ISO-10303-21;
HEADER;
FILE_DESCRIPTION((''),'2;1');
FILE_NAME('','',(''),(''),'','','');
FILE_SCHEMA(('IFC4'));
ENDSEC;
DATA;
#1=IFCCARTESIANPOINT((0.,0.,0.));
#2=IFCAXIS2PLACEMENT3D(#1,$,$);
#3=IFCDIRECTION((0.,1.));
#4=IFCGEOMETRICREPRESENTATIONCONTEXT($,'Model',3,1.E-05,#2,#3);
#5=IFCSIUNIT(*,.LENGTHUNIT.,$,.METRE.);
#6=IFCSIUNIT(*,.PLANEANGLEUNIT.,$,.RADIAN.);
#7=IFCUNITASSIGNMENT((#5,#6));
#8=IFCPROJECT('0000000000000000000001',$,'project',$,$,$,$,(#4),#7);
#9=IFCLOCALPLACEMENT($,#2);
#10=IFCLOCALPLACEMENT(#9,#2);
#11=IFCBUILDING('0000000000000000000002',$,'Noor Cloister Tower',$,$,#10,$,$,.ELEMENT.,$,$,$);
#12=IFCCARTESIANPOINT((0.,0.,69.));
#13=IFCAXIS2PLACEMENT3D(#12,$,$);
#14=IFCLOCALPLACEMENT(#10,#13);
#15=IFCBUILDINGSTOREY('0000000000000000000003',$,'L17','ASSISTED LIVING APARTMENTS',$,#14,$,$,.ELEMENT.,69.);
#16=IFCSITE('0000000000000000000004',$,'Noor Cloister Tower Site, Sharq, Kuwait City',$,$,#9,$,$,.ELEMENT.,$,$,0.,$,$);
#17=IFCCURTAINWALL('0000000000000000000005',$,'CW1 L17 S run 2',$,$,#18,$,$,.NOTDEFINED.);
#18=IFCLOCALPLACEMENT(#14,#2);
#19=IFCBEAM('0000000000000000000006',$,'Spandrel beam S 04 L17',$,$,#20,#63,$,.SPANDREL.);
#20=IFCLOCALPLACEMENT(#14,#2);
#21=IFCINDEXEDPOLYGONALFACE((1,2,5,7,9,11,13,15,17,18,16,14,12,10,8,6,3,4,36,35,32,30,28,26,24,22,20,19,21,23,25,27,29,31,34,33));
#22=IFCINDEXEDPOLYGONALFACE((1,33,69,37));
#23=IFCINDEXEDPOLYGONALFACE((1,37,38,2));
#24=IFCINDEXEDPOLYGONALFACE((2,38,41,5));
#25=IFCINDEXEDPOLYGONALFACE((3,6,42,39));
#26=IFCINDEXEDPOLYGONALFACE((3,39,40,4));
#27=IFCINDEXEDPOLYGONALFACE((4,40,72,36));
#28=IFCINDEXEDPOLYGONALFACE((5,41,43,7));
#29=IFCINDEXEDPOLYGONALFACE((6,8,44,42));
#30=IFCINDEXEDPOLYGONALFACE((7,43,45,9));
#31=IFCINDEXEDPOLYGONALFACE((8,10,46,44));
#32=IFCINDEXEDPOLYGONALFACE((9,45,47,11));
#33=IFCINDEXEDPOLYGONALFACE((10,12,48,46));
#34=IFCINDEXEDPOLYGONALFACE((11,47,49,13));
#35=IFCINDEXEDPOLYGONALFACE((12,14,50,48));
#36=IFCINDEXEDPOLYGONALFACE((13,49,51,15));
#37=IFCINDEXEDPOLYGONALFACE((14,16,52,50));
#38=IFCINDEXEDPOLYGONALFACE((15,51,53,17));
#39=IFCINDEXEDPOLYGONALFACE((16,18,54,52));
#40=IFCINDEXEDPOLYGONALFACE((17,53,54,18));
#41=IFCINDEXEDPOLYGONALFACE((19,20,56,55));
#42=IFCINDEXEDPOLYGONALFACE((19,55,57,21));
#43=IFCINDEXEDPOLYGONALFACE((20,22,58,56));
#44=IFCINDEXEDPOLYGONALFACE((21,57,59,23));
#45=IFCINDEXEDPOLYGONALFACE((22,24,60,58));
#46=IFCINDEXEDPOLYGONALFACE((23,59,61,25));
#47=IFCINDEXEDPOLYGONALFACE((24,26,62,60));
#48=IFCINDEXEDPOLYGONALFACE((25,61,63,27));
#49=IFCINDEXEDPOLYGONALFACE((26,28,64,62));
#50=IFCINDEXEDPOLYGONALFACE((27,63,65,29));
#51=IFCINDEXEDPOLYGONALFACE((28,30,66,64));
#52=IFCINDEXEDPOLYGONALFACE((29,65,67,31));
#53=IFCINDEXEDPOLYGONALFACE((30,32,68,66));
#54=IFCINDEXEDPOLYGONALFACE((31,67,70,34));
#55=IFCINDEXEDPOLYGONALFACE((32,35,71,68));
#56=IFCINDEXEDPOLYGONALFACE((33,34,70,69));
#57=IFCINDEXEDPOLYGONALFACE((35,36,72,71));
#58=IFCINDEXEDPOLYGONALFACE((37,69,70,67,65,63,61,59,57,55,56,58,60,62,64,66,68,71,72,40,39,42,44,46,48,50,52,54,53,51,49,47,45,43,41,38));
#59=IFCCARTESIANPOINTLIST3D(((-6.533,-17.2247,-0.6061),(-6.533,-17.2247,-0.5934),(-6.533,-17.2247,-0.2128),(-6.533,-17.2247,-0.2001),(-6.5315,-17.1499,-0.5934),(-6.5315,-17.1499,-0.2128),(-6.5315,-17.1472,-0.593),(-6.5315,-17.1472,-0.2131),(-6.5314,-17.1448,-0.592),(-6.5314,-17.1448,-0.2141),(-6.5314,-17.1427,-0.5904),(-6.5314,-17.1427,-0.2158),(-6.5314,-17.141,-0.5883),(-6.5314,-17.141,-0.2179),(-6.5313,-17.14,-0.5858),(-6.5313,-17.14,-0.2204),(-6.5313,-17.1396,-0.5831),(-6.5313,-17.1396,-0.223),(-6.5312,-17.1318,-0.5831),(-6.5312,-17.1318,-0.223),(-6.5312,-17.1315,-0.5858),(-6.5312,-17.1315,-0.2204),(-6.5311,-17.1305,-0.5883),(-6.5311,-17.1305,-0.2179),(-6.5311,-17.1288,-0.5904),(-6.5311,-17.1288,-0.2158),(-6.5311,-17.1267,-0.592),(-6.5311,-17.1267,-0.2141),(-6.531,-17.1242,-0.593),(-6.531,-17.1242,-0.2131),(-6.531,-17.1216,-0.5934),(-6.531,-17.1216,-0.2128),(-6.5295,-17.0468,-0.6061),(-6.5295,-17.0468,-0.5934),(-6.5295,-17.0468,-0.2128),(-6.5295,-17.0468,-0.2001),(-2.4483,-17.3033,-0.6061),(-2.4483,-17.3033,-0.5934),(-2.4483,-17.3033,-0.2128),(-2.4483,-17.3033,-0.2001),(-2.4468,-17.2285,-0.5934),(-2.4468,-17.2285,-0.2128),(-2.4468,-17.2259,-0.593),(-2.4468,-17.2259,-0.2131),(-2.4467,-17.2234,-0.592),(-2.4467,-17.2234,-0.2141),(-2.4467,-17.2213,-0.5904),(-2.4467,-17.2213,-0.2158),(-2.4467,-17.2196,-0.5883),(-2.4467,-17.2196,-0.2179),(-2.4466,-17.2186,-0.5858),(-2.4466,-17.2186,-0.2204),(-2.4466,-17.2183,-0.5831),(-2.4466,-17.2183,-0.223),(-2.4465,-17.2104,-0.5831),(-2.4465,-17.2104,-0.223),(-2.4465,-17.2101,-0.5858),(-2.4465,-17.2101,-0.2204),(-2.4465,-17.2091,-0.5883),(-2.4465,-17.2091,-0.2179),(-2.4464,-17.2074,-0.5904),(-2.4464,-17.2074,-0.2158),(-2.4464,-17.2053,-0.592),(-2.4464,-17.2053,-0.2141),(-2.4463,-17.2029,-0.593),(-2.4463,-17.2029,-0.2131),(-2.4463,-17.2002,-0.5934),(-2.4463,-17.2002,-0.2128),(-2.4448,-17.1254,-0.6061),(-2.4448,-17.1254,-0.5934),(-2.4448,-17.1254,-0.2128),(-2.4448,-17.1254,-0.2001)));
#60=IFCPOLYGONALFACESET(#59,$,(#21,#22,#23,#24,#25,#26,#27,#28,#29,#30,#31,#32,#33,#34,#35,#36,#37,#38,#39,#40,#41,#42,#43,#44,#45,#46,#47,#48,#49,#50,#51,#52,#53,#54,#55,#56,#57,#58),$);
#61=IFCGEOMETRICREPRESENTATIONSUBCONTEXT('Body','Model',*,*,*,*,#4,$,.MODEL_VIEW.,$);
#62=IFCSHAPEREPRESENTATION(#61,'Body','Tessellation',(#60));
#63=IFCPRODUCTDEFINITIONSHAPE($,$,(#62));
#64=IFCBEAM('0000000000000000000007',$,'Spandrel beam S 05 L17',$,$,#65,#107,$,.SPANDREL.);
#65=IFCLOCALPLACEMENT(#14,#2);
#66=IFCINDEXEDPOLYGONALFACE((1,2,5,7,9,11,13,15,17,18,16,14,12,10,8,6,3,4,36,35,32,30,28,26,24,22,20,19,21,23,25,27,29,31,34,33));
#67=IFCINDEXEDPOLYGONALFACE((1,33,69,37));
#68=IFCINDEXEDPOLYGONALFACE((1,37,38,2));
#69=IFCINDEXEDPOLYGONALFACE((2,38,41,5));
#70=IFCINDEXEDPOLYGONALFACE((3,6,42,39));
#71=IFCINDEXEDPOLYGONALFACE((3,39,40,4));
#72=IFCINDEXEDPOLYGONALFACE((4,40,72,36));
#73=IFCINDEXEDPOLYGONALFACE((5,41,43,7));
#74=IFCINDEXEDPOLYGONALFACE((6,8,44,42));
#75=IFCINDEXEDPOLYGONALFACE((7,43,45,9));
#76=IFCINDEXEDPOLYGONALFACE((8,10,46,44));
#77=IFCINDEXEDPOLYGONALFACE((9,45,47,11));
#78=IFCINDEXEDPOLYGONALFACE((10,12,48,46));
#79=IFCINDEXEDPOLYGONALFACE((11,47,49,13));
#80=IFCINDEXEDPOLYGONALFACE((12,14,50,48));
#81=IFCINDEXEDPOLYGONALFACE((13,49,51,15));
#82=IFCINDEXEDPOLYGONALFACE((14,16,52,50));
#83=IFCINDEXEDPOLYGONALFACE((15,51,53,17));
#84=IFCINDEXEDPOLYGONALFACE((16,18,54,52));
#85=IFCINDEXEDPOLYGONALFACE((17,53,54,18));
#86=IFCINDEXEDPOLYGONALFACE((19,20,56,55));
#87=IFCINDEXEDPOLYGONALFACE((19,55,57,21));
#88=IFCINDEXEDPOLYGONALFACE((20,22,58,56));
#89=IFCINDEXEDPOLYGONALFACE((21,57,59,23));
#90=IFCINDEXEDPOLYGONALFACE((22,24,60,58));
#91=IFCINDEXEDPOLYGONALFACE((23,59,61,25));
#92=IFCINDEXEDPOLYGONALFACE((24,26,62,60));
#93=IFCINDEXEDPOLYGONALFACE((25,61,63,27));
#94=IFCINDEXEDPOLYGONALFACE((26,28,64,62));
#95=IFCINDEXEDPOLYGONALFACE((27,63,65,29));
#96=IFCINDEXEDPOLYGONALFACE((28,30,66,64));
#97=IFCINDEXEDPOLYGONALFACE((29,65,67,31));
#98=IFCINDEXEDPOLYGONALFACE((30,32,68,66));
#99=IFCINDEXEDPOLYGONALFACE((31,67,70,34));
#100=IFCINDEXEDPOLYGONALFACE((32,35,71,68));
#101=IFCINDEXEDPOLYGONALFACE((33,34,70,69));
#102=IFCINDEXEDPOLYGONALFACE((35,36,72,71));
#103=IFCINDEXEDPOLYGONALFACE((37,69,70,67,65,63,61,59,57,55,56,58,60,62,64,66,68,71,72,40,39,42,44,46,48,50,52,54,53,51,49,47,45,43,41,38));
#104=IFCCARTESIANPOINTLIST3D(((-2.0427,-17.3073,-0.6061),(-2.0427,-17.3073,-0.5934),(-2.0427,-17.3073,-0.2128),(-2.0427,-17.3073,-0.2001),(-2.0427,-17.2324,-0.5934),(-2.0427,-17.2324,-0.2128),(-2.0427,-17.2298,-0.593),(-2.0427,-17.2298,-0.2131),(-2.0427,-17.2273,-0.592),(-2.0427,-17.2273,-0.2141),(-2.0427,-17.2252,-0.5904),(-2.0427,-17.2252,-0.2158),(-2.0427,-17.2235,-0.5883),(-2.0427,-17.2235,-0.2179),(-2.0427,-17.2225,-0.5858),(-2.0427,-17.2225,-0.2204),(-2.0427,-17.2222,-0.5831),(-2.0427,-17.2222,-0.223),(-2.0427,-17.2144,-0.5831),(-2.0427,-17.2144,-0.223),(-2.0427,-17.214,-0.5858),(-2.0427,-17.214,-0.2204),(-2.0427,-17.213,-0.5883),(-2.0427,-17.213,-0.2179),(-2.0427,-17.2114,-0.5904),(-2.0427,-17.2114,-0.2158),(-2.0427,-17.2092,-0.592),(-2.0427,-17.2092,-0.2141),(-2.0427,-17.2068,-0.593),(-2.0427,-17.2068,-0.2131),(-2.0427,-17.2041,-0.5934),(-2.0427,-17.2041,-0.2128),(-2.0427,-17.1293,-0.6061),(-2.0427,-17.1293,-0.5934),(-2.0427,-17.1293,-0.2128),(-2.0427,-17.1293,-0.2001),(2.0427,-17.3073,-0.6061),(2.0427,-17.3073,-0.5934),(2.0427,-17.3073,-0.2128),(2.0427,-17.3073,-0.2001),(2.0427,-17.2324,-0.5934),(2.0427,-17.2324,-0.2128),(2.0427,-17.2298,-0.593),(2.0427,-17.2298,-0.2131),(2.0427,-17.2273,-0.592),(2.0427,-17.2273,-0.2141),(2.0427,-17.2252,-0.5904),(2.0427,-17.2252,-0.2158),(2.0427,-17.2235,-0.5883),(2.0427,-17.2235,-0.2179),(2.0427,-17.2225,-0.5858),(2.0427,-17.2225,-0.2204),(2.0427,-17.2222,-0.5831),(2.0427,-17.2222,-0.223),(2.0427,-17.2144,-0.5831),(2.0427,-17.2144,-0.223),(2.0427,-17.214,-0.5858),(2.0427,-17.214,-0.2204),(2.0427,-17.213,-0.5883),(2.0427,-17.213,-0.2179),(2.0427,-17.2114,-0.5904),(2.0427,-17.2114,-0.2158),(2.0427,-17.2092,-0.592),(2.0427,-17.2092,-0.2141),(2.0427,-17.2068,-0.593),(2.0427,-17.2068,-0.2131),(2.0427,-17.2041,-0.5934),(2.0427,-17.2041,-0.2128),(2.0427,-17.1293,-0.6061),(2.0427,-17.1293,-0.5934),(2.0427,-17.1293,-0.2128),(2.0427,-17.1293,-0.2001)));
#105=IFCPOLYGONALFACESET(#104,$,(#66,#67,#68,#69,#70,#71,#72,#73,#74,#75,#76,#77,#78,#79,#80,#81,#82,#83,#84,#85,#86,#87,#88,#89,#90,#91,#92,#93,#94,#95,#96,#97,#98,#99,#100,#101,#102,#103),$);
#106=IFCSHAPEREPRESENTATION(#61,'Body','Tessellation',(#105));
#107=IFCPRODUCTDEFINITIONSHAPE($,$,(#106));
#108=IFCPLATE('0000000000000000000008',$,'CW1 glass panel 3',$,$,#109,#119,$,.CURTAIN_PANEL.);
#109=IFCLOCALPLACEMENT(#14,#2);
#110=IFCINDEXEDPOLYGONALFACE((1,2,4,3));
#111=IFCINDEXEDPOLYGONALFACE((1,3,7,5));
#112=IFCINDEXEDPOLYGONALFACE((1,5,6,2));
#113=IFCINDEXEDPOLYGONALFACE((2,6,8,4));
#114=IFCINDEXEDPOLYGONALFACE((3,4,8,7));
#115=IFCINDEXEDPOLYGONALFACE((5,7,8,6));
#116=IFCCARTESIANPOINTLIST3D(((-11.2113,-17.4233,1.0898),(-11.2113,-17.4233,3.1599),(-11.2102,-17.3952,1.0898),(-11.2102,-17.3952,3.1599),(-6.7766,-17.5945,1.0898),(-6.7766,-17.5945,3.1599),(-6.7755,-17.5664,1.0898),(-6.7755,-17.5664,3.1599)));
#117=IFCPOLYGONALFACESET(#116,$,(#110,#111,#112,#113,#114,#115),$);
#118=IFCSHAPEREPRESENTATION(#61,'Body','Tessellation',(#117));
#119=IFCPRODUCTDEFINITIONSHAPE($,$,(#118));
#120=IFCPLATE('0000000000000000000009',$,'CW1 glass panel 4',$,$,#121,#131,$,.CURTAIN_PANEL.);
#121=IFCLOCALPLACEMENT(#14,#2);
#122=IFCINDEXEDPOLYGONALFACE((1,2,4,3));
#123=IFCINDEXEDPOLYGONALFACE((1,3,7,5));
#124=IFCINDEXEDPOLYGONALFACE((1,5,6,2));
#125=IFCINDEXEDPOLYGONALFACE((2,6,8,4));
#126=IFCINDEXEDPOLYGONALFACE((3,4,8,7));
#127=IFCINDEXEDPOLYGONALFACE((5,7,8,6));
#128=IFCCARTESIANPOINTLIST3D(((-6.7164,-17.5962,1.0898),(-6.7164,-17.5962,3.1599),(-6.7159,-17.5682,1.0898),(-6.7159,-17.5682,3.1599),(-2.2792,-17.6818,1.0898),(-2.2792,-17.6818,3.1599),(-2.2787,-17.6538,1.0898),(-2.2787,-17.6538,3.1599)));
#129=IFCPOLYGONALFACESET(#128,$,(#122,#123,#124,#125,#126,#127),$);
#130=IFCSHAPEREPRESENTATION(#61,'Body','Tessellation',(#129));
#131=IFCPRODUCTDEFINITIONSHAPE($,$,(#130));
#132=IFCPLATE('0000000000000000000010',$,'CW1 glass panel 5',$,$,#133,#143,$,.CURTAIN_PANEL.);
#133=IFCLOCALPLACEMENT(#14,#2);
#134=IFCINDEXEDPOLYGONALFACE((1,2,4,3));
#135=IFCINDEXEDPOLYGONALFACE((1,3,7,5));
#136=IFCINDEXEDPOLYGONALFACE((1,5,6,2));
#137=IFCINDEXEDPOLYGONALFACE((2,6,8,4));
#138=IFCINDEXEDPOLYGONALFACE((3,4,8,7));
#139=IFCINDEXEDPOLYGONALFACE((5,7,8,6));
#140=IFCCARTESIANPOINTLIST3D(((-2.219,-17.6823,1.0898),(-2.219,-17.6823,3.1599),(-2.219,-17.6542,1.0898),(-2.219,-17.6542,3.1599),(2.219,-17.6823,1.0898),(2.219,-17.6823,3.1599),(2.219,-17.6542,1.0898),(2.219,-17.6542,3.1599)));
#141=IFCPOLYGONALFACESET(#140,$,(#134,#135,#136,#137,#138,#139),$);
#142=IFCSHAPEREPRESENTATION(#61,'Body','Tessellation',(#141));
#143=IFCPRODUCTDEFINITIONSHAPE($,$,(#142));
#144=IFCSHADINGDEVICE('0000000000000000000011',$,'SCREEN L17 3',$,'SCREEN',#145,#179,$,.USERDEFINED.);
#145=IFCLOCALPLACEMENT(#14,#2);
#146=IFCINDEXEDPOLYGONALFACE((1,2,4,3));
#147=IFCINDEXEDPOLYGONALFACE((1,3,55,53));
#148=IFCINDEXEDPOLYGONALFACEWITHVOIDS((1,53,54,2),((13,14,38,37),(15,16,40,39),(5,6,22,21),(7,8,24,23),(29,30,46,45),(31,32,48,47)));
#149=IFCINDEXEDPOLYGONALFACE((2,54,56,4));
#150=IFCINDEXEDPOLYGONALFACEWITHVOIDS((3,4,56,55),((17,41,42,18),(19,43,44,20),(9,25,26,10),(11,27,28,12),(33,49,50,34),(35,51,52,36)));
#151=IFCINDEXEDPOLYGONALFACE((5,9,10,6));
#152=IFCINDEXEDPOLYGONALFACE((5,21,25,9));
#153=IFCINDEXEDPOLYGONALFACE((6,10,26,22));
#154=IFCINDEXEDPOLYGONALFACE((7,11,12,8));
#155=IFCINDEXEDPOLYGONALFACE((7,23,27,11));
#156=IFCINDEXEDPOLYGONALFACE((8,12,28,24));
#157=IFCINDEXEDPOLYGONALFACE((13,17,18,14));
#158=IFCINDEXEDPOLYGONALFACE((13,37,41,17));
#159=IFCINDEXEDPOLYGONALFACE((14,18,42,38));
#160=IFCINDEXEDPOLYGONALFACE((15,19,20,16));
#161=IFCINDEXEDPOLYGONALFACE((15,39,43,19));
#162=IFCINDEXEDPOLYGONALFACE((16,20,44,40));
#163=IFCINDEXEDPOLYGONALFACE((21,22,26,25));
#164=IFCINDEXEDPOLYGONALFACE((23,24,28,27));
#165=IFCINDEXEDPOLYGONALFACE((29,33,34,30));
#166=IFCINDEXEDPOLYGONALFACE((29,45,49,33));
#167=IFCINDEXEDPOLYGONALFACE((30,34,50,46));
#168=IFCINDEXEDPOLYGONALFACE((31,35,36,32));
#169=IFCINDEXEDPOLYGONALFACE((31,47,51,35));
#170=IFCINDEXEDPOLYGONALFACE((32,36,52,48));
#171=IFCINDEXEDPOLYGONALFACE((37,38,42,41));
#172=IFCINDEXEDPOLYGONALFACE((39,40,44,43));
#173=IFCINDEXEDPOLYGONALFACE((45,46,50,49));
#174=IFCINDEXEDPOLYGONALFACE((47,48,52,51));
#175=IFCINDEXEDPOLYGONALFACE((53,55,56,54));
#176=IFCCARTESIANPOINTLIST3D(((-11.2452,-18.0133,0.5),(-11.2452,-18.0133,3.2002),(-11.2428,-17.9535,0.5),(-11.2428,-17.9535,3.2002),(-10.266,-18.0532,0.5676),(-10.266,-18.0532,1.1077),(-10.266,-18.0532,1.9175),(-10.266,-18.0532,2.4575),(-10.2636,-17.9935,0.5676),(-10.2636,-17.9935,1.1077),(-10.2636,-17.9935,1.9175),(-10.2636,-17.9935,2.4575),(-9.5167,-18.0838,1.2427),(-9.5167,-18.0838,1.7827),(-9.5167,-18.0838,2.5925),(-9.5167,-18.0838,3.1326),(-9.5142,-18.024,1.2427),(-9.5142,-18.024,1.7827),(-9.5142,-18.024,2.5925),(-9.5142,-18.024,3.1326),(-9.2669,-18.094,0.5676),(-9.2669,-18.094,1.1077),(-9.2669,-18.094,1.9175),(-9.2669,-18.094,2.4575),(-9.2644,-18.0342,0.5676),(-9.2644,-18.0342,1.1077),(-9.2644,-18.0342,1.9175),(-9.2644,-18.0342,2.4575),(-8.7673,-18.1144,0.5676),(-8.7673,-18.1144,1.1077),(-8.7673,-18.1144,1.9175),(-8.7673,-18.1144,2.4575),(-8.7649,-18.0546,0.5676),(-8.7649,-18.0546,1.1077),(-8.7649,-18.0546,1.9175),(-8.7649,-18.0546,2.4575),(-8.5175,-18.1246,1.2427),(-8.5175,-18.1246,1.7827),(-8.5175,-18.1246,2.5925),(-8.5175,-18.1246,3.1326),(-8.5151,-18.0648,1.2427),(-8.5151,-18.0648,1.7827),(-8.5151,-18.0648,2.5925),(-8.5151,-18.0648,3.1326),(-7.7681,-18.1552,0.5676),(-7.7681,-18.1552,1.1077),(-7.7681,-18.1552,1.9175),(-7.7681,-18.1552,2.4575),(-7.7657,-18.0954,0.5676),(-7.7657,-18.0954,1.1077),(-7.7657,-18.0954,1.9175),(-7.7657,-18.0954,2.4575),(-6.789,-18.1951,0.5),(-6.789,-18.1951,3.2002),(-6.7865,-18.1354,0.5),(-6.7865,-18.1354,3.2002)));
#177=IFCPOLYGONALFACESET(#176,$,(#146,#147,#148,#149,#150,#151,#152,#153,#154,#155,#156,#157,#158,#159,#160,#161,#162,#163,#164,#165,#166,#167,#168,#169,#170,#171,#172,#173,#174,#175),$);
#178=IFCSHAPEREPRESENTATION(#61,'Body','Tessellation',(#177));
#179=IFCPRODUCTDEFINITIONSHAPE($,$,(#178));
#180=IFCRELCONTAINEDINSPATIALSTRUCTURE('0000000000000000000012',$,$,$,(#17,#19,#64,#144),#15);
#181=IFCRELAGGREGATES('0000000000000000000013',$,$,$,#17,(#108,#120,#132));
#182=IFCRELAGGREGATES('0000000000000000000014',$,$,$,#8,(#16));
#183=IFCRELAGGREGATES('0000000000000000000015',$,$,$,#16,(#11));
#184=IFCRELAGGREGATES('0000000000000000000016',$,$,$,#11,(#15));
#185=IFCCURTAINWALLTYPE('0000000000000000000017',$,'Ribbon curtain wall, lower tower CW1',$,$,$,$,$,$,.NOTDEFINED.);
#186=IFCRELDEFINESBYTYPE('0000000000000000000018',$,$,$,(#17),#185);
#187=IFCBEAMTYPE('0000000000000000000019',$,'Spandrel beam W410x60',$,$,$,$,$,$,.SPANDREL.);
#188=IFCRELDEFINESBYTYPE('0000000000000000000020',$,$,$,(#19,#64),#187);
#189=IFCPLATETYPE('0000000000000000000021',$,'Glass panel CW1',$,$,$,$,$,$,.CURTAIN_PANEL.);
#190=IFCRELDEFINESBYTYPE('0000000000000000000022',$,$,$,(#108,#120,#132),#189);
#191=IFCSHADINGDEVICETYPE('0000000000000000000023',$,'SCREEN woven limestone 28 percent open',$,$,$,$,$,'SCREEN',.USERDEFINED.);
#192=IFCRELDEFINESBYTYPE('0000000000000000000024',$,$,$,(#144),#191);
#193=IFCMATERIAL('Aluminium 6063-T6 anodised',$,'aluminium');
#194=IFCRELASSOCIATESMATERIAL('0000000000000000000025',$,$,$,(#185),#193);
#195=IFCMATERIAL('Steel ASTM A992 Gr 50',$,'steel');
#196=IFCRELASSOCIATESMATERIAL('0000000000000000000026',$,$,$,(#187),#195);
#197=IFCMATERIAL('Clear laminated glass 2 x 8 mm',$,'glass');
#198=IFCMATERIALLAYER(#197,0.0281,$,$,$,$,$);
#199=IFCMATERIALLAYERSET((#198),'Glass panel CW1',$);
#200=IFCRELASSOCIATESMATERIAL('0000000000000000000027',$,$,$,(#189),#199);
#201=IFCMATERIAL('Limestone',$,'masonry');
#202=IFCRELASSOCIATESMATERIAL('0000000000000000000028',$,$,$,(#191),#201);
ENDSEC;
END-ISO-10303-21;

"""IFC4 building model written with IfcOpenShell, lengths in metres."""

from ifc_helpers import new_model, si_unit, direction, frame, origin, origin_2d, place, context, subcontext, project, spatial, polyline, rectangle, i_section, outline, extrude, material, layer, layer_set, material_profile, profile_set, type_object, element, aggregate, save


model = new_model("IFC4")

# Units and contexts
model_context = context("Model", 3, precision=1e-05, world=origin(), true_north=direction((0.0, 1.0)))
body_context = subcontext(model_context, "Body", "Model", "MODEL_VIEW")
ifc_project = project(units=[si_unit("LENGTHUNIT", "METRE"), si_unit("PLANEANGLEUNIT", "RADIAN")], contexts=[model_context])

# Site, building, storey
site_placement = place(None, origin())
site = spatial("IfcSite", under=ifc_project, at=site_placement, Name="Noor Cloister Tower Site, Sharq, Kuwait City", CompositionType="ELEMENT", RefElevation=0.0)
building_placement = place(site_placement, origin())
building = spatial("IfcBuilding", under=site, at=building_placement, Name="Noor Cloister Tower", CompositionType="ELEMENT")
storey_placement = place(building_placement, frame((0.0, 0.0, 69.0)))
storey = spatial("IfcBuildingStorey", under=building, at=storey_placement, Name="L17", Description="ASSISTED LIVING APARTMENTS", CompositionType="ELEMENT", Elevation=69.0)

# Curtain wall
ifc_material_1 = material(Name="Aluminium 6063-T6 anodised", Category="aluminium")
curtain_wall_type = type_object("IfcCurtainWallType", Name="Ribbon curtain wall, lower tower CW1", PredefinedType="NOTDEFINED", material=ifc_material_1)
curtain_wall_placement = place(storey_placement, origin())
curtain_wall = element("IfcCurtainWall", 1, at=curtain_wall_placement, inside=storey, type_object=curtain_wall_type, Name="CW1 L17 S run 2", PredefinedType="NOTDEFINED")

# Beams
ifc_material_2 = material(Name="Steel ASTM A992 Gr 50", Category="steel")
ifc_material_profile_1 = material_profile(ifc_material_2, i_section(OverallWidth=0.178, OverallDepth=0.406, WebThickness=0.0078, FlangeThickness=0.0127, FilletRadius=0.0103, at=origin_2d()), Name="W410x60")
ifc_profile_set_1 = profile_set([ifc_material_profile_1], Name="Steel ASTM A992 Gr 50")
beam_type_1 = type_object("IfcBeamType", Name="Spandrel beam W410x60", PredefinedType="SPANDREL", material=ifc_profile_set_1)
for number, where, z_axis, x_axis, name in (
    (2, (-6.5312, -17.1357, -0.4031), (0.999815, -0.019242, 0.0), (0.019242, 0.999815, 0.0), "Spandrel beam S 04 L17"),
    (3, (-2.0427, -17.2183, -0.4031), (1.0, 0.0, 0.0), (0.0, 1.0, 0.0), "Spandrel beam S 05 L17"),
):
    element("IfcBeam", number, at=place(storey_placement, frame(where, z_axis=z_axis, x_axis=x_axis)), inside=storey, type_object=beam_type_1, Name=name, PredefinedType="SPANDREL", context=body_context, shape_type="SweptSolid", body=[
        extrude(i_section(OverallWidth=0.178, OverallDepth=0.406, WebThickness=0.0078, FlangeThickness=0.0127, FilletRadius=0.0103, at=origin_2d()), origin(), (0.0, 0.0, 1.0), 4.0854),
    ])

# Plates
ifc_material_3 = material(Name="Clear laminated glass 2 x 8 mm", Category="glass")
ifc_layer = layer(ifc_material_3, 0.0281)
ifc_layer_set = layer_set([ifc_layer], Name="Glass panel CW1")
plate_type = type_object("IfcPlateType", Name="Glass panel CW1", PredefinedType="CURTAIN_PANEL", material=ifc_layer_set)
plate_1_placement = place(storey_placement, frame((-8.9934, -17.4949, 1.0898), z_axis=(0.0, 0.0, 1.0), x_axis=(0.999256, -0.038575, 0.0)))
plate_1 = element("IfcPlate", 4, at=plate_1_placement, type_object=plate_type, Name="CW1 glass panel 3", PredefinedType="CURTAIN_PANEL", context=body_context, shape_type="SweptSolid", body=[
    extrude(rectangle(XDim=4.438, YDim=0.0281, at=origin_2d()), origin(), (0.0, 0.0, 1.0), 2.0701),
])
plate_2_placement = place(storey_placement, frame((-4.4976, -17.625, 1.0898), z_axis=(0.0, 0.0, 1.0), x_axis=(0.999814, -0.019291, 0.0)))
plate_2 = element("IfcPlate", 5, at=plate_2_placement, type_object=plate_type, Name="CW1 glass panel 4", PredefinedType="CURTAIN_PANEL", context=body_context, shape_type="SweptSolid", body=[
    extrude(rectangle(XDim=4.438, YDim=0.0281, at=origin_2d()), origin(), (0.0, 0.0, 1.0), 2.0701),
])
plate_3_placement = place(storey_placement, frame((0.0, -17.6682, 1.0898), z_axis=(0.0, 0.0, 1.0), x_axis=(1.0, 0.0, 0.0)))
plate_3 = element("IfcPlate", 6, at=plate_3_placement, type_object=plate_type, Name="CW1 glass panel 5", PredefinedType="CURTAIN_PANEL", context=body_context, shape_type="SweptSolid", body=[
    extrude(rectangle(XDim=4.438, YDim=0.0281, at=origin_2d()), origin(), (0.0, 0.0, 1.0), 2.0701),
])
aggregate(curtain_wall, [plate_1, plate_2, plate_3])

# Shading device
ifc_material_4 = material(Name="Limestone", Category="masonry")
ifc_material_profile_2 = material_profile(ifc_material_4, outline(polyline([(-2.23, -1.3501), (2.23, -1.3501), (2.23, 1.3501), (-2.23, 1.3501), (-2.23, -1.3501)]), holes=[polyline([(-1.25, -1.2825), (-0.25, -1.2825), (-0.25, -0.7424), (-1.25, -0.7424), (-1.25, -1.2825)]), polyline([(0.25, -1.2825), (1.25, -1.2825), (1.25, -0.7424), (0.25, -0.7424), (0.25, -1.2825)]), polyline([(-0.5, -0.6074), (0.5, -0.6074), (0.5, -0.0674), (-0.5, -0.0674), (-0.5, -0.6074)]), polyline([(-1.25, 0.0674), (-0.25, 0.0674), (-0.25, 0.6074), (-1.25, 0.6074), (-1.25, 0.0674)]), polyline([(0.25, 0.0674), (1.25, 0.0674), (1.25, 0.6074), (0.25, 0.6074), (0.25, 0.0674)]), polyline([(-0.5, 0.7424), (0.5, 0.7424), (0.5, 1.2825), (-0.5, 1.2825), (-0.5, 0.7424)])]), Name="Woven screen 28 percent open")
ifc_profile_set_2 = profile_set([ifc_material_profile_2], Name="Limestone")
shading_device_type = type_object("IfcShadingDeviceType", Name="SCREEN woven limestone 28 percent open", ElementType="SCREEN", PredefinedType="USERDEFINED", material=ifc_profile_set_2)
shading_device_placement = place(storey_placement, frame((-9.0146, -18.0444, 1.8501), z_axis=(-0.040782, -0.999168, 0.0), x_axis=(0.999168, -0.040782, 0.0)))
element("IfcShadingDevice", 7, at=shading_device_placement, inside=storey, type_object=shading_device_type, Name="SCREEN L17 3", ObjectType="SCREEN", PredefinedType="USERDEFINED", context=body_context, shape_type="SweptSolid", body=[
    extrude(outline(polyline([(-2.23, -1.3501), (2.23, -1.3501), (2.23, 1.3501), (-2.23, 1.3501), (-2.23, -1.3501)]), holes=[polyline([(-1.25, -1.2825), (-0.25, -1.2825), (-0.25, -0.7424), (-1.25, -0.7424), (-1.25, -1.2825)]), polyline([(0.25, -1.2825), (1.25, -1.2825), (1.25, -0.7424), (0.25, -0.7424), (0.25, -1.2825)]), polyline([(-0.5, -0.6074), (0.5, -0.6074), (0.5, -0.0674), (-0.5, -0.0674), (-0.5, -0.6074)]), polyline([(-1.25, 0.0674), (-0.25, 0.0674), (-0.25, 0.6074), (-1.25, 0.6074), (-1.25, 0.0674)]), polyline([(0.25, 0.0674), (1.25, 0.0674), (1.25, 0.6074), (0.25, 0.6074), (0.25, 0.0674)]), polyline([(-0.5, 0.7424), (0.5, 0.7424), (0.5, 1.2825), (-0.5, 1.2825), (-0.5, 0.7424)])]), origin(), (0.0, 0.0, 1.0), 0.0598),
])

save(model, "model.ifc")
